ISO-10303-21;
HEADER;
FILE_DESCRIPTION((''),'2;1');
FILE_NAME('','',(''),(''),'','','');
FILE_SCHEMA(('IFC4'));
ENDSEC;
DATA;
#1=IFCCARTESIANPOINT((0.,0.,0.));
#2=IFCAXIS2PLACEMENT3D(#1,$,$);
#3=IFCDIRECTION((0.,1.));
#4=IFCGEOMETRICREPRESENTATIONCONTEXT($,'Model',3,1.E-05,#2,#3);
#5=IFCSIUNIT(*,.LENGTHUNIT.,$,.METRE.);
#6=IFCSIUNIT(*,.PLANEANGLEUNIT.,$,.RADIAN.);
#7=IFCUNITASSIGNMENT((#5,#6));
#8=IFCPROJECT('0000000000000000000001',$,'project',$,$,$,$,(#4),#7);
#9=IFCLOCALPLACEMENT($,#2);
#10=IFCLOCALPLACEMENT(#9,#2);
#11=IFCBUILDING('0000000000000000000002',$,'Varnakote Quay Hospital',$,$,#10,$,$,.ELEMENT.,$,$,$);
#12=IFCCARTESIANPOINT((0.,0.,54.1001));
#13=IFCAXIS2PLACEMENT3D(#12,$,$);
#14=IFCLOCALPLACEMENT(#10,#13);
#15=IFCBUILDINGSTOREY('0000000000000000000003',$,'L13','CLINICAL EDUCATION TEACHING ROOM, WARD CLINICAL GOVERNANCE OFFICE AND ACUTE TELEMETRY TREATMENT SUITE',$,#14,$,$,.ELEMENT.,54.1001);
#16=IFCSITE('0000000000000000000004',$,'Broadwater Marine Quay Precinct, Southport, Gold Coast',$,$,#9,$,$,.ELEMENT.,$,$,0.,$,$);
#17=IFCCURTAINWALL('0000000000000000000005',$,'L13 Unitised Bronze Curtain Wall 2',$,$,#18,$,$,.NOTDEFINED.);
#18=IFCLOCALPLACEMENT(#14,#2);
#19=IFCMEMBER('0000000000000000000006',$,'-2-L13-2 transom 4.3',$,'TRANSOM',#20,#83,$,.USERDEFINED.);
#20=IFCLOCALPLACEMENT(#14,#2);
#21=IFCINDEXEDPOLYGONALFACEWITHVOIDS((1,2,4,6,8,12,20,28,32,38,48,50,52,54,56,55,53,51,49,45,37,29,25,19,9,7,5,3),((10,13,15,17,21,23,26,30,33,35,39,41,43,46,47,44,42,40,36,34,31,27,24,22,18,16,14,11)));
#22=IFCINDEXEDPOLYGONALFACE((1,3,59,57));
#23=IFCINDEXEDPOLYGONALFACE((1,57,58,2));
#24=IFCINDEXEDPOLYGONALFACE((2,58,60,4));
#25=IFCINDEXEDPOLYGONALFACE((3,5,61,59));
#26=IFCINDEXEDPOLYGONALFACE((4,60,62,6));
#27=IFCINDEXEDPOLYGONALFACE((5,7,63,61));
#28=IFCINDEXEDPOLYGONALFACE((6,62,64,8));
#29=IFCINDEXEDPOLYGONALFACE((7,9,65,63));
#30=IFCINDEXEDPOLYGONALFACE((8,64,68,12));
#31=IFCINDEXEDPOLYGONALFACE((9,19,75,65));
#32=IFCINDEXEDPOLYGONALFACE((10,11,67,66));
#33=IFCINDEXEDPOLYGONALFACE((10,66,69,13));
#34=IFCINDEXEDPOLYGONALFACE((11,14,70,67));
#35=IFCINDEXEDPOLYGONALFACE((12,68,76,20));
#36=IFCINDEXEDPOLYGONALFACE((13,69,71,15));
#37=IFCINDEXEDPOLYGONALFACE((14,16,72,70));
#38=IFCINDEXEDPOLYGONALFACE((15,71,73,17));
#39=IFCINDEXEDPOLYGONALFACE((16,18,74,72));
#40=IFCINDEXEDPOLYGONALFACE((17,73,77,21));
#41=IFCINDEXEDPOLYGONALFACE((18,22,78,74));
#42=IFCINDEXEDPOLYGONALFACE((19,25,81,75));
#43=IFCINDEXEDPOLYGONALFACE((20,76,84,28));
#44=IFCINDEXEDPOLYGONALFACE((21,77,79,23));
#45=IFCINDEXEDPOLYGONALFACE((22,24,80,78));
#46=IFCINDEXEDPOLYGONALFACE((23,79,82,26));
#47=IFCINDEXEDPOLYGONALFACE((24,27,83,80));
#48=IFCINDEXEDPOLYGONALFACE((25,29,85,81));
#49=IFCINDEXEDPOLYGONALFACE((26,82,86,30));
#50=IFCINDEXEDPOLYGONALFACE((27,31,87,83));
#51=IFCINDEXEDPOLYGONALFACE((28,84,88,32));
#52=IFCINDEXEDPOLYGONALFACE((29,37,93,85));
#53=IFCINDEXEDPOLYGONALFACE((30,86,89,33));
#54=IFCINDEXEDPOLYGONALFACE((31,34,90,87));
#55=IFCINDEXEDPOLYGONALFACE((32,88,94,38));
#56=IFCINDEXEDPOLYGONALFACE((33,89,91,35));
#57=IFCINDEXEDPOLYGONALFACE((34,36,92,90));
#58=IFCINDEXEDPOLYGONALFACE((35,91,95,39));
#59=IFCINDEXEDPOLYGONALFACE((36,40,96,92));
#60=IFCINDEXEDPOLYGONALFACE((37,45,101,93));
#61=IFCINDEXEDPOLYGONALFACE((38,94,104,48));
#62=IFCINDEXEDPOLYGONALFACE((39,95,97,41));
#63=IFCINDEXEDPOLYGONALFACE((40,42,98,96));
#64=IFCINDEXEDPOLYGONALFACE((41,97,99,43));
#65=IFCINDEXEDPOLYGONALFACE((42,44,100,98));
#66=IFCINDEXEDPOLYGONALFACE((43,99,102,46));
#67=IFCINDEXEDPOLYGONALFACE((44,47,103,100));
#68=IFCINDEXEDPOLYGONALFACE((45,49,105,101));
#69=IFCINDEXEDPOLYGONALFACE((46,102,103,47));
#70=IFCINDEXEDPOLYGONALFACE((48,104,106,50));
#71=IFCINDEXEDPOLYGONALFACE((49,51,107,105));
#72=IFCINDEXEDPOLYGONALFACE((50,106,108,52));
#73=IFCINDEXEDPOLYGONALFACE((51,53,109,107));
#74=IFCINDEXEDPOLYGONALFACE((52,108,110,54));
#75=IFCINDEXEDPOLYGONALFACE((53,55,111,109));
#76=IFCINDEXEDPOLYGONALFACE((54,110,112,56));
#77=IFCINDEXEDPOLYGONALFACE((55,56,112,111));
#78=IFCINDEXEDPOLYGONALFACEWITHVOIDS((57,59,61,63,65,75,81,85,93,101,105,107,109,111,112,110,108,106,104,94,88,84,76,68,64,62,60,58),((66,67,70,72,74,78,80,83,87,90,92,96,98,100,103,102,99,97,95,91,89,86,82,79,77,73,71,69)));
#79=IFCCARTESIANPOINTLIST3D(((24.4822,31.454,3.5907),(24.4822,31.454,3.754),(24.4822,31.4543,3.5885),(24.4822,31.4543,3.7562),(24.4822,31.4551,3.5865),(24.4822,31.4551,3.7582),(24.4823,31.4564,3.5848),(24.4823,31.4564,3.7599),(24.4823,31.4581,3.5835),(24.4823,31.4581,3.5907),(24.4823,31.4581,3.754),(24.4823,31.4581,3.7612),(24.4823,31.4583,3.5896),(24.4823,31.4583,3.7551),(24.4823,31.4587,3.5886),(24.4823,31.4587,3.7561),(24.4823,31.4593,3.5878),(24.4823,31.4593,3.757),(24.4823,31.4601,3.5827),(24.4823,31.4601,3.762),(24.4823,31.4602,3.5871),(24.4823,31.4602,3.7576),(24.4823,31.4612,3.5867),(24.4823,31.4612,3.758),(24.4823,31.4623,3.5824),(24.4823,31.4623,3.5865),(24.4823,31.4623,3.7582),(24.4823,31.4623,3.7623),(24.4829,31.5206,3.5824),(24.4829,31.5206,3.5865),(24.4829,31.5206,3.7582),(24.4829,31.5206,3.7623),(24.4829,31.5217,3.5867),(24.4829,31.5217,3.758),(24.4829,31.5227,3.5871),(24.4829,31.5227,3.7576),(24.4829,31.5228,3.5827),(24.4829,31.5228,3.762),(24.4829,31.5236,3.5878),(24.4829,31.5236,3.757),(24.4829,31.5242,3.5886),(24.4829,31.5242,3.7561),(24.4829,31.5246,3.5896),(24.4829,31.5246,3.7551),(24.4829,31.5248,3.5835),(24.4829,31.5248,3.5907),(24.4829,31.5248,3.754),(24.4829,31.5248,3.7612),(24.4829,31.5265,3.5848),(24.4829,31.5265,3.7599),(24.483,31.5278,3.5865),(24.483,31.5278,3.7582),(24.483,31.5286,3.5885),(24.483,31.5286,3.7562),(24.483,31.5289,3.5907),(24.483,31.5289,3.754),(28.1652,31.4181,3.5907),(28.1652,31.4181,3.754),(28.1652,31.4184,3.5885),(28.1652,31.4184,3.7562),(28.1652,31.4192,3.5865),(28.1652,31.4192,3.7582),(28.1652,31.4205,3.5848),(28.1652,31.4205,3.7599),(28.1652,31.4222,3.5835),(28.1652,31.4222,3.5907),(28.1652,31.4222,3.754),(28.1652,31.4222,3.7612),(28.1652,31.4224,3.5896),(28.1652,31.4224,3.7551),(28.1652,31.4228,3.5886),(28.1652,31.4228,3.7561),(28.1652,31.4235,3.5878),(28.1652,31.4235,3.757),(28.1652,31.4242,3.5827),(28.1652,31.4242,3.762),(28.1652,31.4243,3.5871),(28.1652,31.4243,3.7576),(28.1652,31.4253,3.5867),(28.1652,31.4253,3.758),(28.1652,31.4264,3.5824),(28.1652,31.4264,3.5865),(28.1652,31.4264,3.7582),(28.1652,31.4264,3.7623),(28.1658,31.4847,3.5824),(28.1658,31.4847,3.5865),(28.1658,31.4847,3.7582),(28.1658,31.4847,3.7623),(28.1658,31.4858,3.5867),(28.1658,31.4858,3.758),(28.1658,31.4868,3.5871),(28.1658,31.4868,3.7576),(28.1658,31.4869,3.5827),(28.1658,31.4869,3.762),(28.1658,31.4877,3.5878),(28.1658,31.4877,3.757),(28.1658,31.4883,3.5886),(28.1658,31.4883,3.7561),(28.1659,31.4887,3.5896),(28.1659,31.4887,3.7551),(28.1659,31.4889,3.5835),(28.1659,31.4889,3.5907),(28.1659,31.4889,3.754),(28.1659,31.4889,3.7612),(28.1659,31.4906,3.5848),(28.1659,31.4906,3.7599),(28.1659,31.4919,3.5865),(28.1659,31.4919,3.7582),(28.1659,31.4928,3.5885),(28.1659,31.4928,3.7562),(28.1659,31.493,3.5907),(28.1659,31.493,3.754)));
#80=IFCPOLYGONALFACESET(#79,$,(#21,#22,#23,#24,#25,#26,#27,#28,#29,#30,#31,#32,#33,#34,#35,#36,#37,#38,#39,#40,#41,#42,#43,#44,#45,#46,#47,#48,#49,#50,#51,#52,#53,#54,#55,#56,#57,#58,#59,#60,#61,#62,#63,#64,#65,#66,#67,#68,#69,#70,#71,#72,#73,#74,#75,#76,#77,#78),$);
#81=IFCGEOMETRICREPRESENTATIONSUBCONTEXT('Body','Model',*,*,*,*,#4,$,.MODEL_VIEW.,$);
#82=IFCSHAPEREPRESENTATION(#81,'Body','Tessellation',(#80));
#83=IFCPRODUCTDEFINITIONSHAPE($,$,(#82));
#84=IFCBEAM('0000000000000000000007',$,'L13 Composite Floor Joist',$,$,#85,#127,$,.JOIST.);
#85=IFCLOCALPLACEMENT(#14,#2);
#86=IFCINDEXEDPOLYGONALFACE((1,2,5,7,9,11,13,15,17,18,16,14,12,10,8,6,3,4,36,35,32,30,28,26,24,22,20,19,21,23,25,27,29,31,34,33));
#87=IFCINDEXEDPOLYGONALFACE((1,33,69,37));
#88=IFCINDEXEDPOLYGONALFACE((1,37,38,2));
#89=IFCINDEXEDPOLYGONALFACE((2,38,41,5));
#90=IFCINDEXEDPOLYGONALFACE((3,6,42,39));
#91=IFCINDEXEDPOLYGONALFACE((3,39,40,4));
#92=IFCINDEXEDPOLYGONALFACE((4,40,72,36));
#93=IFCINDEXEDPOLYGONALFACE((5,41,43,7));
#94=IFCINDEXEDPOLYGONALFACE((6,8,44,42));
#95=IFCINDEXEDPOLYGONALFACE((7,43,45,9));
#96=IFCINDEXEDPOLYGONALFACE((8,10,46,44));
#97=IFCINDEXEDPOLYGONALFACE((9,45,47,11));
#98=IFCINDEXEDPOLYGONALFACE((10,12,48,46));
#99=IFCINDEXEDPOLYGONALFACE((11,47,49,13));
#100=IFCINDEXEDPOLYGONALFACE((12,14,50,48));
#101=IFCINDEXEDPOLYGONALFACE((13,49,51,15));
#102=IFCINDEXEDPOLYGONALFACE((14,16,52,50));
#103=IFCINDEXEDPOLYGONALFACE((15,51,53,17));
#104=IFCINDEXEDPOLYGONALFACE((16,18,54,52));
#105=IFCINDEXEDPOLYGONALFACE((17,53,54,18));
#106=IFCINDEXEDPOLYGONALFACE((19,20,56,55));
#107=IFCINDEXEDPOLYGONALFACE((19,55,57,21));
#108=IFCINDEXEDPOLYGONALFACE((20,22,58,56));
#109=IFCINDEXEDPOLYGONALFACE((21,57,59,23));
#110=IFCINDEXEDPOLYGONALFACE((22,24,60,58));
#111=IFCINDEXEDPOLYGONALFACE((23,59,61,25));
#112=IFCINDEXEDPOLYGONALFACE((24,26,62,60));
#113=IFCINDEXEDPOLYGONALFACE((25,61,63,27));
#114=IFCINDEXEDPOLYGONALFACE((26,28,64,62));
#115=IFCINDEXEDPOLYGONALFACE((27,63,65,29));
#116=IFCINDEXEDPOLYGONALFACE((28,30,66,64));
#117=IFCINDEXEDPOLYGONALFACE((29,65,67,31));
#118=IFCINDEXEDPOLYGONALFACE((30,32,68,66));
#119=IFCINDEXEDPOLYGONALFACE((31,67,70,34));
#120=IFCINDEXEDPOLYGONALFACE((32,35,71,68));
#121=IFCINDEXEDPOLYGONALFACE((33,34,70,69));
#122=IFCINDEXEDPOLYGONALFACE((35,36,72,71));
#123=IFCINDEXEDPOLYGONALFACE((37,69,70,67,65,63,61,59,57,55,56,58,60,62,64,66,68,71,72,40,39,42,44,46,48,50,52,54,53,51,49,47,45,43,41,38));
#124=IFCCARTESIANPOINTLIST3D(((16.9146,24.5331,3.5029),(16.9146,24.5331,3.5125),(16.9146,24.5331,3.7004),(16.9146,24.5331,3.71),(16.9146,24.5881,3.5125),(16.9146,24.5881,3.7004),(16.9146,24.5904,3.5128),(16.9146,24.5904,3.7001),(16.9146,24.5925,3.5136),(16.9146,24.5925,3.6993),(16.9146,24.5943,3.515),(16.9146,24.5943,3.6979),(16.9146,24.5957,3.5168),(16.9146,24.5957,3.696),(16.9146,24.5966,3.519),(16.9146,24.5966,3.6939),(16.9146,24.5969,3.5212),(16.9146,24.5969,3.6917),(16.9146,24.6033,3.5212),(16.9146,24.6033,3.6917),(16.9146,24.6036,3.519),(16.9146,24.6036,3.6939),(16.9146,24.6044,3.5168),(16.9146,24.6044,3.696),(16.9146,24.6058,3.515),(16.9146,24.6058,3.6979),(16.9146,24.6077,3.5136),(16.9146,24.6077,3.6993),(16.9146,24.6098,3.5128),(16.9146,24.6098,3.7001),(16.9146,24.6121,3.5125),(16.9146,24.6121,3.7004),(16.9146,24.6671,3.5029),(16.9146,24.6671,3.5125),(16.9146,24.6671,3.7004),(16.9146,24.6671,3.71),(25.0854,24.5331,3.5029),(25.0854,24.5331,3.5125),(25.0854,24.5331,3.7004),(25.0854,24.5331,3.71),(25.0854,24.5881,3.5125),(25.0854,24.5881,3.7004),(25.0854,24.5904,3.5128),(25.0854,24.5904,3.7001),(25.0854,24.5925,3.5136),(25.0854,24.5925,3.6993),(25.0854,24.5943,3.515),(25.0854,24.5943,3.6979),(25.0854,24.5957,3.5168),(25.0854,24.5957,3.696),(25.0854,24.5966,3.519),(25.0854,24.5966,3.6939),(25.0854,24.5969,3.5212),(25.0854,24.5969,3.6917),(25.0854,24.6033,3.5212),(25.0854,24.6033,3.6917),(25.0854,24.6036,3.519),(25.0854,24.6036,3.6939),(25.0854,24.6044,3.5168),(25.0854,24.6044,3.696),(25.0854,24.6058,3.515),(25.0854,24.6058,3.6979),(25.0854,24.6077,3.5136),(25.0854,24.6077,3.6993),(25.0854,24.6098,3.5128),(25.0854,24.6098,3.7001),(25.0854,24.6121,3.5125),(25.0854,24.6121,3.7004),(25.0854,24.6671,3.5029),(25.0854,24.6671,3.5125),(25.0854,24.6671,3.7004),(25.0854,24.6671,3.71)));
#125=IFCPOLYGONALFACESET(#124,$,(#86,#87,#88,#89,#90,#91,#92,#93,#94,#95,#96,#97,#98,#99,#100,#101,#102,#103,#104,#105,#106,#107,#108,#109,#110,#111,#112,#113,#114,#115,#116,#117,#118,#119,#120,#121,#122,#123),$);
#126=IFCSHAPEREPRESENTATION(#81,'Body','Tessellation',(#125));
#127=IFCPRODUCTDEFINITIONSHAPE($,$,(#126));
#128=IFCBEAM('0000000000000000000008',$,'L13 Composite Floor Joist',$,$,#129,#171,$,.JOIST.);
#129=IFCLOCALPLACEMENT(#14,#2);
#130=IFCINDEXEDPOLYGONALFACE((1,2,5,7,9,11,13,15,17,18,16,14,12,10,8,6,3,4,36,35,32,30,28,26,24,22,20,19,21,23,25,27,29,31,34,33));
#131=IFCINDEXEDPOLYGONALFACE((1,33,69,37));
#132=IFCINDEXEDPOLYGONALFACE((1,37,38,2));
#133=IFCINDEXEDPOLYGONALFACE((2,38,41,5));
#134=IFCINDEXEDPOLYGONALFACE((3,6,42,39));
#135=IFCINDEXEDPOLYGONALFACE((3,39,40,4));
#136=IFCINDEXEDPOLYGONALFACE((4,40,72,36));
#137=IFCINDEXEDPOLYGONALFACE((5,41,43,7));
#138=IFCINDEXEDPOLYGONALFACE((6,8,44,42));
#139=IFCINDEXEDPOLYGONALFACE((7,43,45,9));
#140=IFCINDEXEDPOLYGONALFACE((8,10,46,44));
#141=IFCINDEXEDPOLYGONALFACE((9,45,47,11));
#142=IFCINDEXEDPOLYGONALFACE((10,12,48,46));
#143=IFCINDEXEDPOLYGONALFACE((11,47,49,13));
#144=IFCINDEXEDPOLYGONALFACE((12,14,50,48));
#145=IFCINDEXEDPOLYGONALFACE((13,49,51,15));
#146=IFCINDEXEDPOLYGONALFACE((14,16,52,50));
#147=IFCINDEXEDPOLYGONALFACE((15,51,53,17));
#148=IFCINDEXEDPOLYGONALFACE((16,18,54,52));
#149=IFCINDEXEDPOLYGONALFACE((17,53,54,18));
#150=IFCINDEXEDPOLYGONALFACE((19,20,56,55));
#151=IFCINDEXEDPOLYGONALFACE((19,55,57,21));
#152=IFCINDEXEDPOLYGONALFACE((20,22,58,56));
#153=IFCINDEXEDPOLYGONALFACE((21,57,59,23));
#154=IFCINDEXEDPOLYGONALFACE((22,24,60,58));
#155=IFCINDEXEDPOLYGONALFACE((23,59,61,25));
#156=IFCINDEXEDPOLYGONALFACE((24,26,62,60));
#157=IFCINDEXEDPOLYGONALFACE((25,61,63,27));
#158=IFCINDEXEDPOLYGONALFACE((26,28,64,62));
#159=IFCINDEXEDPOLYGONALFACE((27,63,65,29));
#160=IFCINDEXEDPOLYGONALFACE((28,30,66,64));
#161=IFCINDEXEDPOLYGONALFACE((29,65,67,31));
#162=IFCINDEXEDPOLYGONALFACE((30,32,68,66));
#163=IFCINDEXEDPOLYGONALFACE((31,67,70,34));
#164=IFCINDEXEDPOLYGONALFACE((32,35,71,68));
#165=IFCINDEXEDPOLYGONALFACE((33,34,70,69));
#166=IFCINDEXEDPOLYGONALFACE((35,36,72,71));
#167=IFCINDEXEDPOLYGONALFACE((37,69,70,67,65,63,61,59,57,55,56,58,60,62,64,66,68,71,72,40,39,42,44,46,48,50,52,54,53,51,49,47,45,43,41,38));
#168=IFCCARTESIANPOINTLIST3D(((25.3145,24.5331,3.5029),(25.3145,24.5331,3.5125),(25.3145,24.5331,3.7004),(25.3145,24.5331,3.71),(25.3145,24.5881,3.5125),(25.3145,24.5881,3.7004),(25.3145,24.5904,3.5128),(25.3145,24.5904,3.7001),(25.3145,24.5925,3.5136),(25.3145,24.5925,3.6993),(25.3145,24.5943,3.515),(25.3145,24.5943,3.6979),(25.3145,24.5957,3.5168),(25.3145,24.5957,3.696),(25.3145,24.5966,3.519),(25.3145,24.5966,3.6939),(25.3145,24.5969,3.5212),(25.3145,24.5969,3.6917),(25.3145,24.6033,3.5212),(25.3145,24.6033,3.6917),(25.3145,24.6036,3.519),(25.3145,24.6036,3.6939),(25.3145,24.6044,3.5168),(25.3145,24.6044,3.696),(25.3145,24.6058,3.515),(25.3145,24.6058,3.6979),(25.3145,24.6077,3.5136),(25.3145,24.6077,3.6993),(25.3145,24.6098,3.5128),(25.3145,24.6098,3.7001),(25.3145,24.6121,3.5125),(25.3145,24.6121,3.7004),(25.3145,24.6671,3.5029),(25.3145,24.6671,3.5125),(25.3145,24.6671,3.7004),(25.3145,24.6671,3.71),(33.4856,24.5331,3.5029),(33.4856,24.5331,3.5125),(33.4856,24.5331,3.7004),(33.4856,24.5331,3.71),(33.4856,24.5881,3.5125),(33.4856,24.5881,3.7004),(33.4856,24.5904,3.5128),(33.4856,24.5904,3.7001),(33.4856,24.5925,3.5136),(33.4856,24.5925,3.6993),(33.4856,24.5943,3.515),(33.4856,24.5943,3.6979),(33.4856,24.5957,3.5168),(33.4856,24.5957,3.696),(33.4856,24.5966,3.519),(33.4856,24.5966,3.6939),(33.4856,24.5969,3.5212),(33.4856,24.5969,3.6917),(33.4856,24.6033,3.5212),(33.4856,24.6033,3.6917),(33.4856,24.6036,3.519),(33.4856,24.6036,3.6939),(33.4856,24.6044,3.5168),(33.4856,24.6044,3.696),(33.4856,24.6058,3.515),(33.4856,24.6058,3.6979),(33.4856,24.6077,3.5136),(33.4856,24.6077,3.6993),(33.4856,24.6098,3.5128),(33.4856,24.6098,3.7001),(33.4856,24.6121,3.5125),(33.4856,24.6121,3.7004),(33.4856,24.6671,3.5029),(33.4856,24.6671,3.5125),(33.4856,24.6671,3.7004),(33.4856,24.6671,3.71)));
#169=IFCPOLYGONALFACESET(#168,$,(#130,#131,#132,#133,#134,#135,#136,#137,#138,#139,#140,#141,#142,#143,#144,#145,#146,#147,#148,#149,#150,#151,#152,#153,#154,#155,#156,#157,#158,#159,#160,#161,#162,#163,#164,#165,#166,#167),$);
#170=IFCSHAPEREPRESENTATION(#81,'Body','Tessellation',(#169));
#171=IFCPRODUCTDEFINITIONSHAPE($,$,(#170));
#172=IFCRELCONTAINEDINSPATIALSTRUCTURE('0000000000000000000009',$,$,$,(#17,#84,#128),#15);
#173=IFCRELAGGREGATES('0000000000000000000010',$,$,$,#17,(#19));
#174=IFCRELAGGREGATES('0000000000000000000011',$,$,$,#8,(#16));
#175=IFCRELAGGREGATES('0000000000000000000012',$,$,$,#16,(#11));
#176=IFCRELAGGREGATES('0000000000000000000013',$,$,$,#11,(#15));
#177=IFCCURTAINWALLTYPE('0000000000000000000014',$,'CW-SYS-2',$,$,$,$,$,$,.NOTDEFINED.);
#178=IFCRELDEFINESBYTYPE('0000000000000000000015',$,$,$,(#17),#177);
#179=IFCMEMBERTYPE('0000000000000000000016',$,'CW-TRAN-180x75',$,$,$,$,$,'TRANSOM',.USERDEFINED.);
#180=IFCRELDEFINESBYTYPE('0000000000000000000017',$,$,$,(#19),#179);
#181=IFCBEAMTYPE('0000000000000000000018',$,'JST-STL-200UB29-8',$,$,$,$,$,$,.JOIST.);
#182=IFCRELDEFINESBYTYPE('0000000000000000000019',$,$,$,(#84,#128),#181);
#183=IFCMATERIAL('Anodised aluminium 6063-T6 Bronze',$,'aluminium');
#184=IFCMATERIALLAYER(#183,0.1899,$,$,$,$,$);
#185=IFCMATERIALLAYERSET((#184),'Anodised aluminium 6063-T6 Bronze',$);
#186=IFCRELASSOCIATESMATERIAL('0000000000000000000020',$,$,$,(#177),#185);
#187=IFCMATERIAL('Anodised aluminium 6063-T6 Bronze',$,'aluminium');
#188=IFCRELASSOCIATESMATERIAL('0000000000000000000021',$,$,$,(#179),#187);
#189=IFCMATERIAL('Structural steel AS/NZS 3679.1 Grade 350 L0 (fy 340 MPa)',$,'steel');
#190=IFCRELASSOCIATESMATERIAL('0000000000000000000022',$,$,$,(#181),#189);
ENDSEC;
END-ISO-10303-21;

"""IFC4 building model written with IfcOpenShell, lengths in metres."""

from ifc_helpers import new_model, si_unit, direction, frame, origin, origin_2d, place, context, subcontext, project, spatial, hollow_rectangle, i_section, extrude, material, layer, layer_set, material_profile, profile_set, type_object, element, aggregate, save


model = new_model("IFC4")

# Units and contexts
model_context = context("Model", 3, precision=1e-05, world=origin(), true_north=direction((0.0, 1.0)))
body_context = subcontext(model_context, "Body", "Model", "MODEL_VIEW")
ifc_project = project(units=[si_unit("LENGTHUNIT", "METRE"), si_unit("PLANEANGLEUNIT", "RADIAN")], contexts=[model_context])

# Site, building, storey
site_placement = place(None, origin())
site = spatial("IfcSite", under=ifc_project, at=site_placement, Name="Broadwater Marine Quay Precinct, Southport, Gold Coast", CompositionType="ELEMENT", RefElevation=0.0)
building_placement = place(site_placement, origin())
building = spatial("IfcBuilding", under=site, at=building_placement, Name="Varnakote Quay Hospital", CompositionType="ELEMENT")
storey_placement = place(building_placement, frame((0.0, 0.0, 54.1001)))
storey = spatial("IfcBuildingStorey", under=building, at=storey_placement, Name="L13", Description="CLINICAL EDUCATION TEACHING ROOM, WARD CLINICAL GOVERNANCE OFFICE AND ACUTE TELEMETRY TREATMENT SUITE", CompositionType="ELEMENT", Elevation=54.1001)

# Curtain wall, member
ifc_material_1 = material(Name="Anodised aluminium 6063-T6 Bronze", Category="aluminium")
ifc_layer_1 = layer(ifc_material_1, 0.1899)
ifc_layer_set_1 = layer_set([ifc_layer_1], Name="Anodised aluminium 6063-T6 Bronze")
curtain_wall_type = type_object("IfcCurtainWallType", Name="CW-SYS-2", PredefinedType="NOTDEFINED", material=ifc_layer_set_1)
curtain_wall_placement = place(storey_placement, origin())
curtain_wall = element("IfcCurtainWall", 1, at=curtain_wall_placement, inside=storey, type_object=curtain_wall_type, Name="L13 Unitised Bronze Curtain Wall 2", PredefinedType="NOTDEFINED")
ifc_material_2 = material(Name="Anodised aluminium 6063-T6 Bronze", Category="aluminium")
ifc_material_profile_1 = material_profile(ifc_material_2, hollow_rectangle(XDim=0.075, YDim=0.1799, WallThickness=0.0042, InnerFilletRadius=0.0042, OuterFilletRadius=0.0083, at=origin_2d()), Name="CW-TRAN-180x75")
ifc_profile_set_1 = profile_set([ifc_material_profile_1], Name="Anodised aluminium 6063-T6 Bronze")
member_type_1 = type_object("IfcMemberType", Name="CW-TRAN-180x75", ElementType="TRANSOM", PredefinedType="USERDEFINED", material=ifc_profile_set_1)
member_1_placement = place(storey_placement, frame((28.1655, 31.4556, 3.6724), z_axis=(-0.999953, 0.009744, 0.0), x_axis=(-0.009744, -0.999953, 0.0)))
member_1 = element("IfcMember", 2, at=member_1_placement, type_object=member_type_1, Name="-2-L13-2 transom 4.3", ObjectType="TRANSOM", PredefinedType="USERDEFINED", context=body_context, shape_type="SweptSolid", body=[
    extrude(hollow_rectangle(XDim=0.075, YDim=0.1799, WallThickness=0.0042, InnerFilletRadius=0.0042, OuterFilletRadius=0.0083, at=origin_2d()), origin(), (0.0, 0.0, 1.0), 3.6831),
])

# Beams
ifc_material_3 = material(Name="Structural steel AS/NZS 3679.1 Grade 350 L0 (fy 340 MPa)", Category="steel")
ifc_material_profile_2 = material_profile(ifc_material_3, i_section(OverallWidth=0.134, OverallDepth=0.207, WebThickness=0.0063, FlangeThickness=0.0095, FilletRadius=0.0088, at=origin_2d()), Name="200UB29.8")
ifc_profile_set_2 = profile_set([ifc_material_profile_2], Name="Structural steel AS/NZS 3679.1 Grade 350 L0 (fy 340 MPa)")
beam_type_1 = type_object("IfcBeamType", Name="JST-STL-200UB29-8", PredefinedType="JOIST", material=ifc_profile_set_2)
beam_1_placement = place(storey_placement, frame((16.9146, 24.6001, 3.6064), z_axis=(1.0, 0.0, 0.0), x_axis=(0.0, 1.0, 0.0)))
element("IfcBeam", 3, at=beam_1_placement, inside=storey, type_object=beam_type_1, Name="L13 Composite Floor Joist", PredefinedType="JOIST", context=body_context, shape_type="SweptSolid", body=[
    extrude(i_section(OverallWidth=0.134, OverallDepth=0.207, WebThickness=0.0063, FlangeThickness=0.0095, FilletRadius=0.0088, at=origin_2d()), origin(), (0.0, 0.0, 1.0), 8.1709),
])
beam_2_placement = place(storey_placement, frame((25.3145, 24.6001, 3.6064), z_axis=(1.0, 0.0, 0.0), x_axis=(0.0, 1.0, 0.0)))
element("IfcBeam", 4, at=beam_2_placement, inside=storey, type_object=beam_type_1, Name="L13 Composite Floor Joist", PredefinedType="JOIST", context=body_context, shape_type="SweptSolid", body=[
    extrude(i_section(OverallWidth=0.134, OverallDepth=0.207, WebThickness=0.0063, FlangeThickness=0.0095, FilletRadius=0.0088, at=origin_2d()), origin(), (0.0, 0.0, 1.0), 8.1711),
])

aggregate(curtain_wall, [member_1])

save(model, "model.ifc")
